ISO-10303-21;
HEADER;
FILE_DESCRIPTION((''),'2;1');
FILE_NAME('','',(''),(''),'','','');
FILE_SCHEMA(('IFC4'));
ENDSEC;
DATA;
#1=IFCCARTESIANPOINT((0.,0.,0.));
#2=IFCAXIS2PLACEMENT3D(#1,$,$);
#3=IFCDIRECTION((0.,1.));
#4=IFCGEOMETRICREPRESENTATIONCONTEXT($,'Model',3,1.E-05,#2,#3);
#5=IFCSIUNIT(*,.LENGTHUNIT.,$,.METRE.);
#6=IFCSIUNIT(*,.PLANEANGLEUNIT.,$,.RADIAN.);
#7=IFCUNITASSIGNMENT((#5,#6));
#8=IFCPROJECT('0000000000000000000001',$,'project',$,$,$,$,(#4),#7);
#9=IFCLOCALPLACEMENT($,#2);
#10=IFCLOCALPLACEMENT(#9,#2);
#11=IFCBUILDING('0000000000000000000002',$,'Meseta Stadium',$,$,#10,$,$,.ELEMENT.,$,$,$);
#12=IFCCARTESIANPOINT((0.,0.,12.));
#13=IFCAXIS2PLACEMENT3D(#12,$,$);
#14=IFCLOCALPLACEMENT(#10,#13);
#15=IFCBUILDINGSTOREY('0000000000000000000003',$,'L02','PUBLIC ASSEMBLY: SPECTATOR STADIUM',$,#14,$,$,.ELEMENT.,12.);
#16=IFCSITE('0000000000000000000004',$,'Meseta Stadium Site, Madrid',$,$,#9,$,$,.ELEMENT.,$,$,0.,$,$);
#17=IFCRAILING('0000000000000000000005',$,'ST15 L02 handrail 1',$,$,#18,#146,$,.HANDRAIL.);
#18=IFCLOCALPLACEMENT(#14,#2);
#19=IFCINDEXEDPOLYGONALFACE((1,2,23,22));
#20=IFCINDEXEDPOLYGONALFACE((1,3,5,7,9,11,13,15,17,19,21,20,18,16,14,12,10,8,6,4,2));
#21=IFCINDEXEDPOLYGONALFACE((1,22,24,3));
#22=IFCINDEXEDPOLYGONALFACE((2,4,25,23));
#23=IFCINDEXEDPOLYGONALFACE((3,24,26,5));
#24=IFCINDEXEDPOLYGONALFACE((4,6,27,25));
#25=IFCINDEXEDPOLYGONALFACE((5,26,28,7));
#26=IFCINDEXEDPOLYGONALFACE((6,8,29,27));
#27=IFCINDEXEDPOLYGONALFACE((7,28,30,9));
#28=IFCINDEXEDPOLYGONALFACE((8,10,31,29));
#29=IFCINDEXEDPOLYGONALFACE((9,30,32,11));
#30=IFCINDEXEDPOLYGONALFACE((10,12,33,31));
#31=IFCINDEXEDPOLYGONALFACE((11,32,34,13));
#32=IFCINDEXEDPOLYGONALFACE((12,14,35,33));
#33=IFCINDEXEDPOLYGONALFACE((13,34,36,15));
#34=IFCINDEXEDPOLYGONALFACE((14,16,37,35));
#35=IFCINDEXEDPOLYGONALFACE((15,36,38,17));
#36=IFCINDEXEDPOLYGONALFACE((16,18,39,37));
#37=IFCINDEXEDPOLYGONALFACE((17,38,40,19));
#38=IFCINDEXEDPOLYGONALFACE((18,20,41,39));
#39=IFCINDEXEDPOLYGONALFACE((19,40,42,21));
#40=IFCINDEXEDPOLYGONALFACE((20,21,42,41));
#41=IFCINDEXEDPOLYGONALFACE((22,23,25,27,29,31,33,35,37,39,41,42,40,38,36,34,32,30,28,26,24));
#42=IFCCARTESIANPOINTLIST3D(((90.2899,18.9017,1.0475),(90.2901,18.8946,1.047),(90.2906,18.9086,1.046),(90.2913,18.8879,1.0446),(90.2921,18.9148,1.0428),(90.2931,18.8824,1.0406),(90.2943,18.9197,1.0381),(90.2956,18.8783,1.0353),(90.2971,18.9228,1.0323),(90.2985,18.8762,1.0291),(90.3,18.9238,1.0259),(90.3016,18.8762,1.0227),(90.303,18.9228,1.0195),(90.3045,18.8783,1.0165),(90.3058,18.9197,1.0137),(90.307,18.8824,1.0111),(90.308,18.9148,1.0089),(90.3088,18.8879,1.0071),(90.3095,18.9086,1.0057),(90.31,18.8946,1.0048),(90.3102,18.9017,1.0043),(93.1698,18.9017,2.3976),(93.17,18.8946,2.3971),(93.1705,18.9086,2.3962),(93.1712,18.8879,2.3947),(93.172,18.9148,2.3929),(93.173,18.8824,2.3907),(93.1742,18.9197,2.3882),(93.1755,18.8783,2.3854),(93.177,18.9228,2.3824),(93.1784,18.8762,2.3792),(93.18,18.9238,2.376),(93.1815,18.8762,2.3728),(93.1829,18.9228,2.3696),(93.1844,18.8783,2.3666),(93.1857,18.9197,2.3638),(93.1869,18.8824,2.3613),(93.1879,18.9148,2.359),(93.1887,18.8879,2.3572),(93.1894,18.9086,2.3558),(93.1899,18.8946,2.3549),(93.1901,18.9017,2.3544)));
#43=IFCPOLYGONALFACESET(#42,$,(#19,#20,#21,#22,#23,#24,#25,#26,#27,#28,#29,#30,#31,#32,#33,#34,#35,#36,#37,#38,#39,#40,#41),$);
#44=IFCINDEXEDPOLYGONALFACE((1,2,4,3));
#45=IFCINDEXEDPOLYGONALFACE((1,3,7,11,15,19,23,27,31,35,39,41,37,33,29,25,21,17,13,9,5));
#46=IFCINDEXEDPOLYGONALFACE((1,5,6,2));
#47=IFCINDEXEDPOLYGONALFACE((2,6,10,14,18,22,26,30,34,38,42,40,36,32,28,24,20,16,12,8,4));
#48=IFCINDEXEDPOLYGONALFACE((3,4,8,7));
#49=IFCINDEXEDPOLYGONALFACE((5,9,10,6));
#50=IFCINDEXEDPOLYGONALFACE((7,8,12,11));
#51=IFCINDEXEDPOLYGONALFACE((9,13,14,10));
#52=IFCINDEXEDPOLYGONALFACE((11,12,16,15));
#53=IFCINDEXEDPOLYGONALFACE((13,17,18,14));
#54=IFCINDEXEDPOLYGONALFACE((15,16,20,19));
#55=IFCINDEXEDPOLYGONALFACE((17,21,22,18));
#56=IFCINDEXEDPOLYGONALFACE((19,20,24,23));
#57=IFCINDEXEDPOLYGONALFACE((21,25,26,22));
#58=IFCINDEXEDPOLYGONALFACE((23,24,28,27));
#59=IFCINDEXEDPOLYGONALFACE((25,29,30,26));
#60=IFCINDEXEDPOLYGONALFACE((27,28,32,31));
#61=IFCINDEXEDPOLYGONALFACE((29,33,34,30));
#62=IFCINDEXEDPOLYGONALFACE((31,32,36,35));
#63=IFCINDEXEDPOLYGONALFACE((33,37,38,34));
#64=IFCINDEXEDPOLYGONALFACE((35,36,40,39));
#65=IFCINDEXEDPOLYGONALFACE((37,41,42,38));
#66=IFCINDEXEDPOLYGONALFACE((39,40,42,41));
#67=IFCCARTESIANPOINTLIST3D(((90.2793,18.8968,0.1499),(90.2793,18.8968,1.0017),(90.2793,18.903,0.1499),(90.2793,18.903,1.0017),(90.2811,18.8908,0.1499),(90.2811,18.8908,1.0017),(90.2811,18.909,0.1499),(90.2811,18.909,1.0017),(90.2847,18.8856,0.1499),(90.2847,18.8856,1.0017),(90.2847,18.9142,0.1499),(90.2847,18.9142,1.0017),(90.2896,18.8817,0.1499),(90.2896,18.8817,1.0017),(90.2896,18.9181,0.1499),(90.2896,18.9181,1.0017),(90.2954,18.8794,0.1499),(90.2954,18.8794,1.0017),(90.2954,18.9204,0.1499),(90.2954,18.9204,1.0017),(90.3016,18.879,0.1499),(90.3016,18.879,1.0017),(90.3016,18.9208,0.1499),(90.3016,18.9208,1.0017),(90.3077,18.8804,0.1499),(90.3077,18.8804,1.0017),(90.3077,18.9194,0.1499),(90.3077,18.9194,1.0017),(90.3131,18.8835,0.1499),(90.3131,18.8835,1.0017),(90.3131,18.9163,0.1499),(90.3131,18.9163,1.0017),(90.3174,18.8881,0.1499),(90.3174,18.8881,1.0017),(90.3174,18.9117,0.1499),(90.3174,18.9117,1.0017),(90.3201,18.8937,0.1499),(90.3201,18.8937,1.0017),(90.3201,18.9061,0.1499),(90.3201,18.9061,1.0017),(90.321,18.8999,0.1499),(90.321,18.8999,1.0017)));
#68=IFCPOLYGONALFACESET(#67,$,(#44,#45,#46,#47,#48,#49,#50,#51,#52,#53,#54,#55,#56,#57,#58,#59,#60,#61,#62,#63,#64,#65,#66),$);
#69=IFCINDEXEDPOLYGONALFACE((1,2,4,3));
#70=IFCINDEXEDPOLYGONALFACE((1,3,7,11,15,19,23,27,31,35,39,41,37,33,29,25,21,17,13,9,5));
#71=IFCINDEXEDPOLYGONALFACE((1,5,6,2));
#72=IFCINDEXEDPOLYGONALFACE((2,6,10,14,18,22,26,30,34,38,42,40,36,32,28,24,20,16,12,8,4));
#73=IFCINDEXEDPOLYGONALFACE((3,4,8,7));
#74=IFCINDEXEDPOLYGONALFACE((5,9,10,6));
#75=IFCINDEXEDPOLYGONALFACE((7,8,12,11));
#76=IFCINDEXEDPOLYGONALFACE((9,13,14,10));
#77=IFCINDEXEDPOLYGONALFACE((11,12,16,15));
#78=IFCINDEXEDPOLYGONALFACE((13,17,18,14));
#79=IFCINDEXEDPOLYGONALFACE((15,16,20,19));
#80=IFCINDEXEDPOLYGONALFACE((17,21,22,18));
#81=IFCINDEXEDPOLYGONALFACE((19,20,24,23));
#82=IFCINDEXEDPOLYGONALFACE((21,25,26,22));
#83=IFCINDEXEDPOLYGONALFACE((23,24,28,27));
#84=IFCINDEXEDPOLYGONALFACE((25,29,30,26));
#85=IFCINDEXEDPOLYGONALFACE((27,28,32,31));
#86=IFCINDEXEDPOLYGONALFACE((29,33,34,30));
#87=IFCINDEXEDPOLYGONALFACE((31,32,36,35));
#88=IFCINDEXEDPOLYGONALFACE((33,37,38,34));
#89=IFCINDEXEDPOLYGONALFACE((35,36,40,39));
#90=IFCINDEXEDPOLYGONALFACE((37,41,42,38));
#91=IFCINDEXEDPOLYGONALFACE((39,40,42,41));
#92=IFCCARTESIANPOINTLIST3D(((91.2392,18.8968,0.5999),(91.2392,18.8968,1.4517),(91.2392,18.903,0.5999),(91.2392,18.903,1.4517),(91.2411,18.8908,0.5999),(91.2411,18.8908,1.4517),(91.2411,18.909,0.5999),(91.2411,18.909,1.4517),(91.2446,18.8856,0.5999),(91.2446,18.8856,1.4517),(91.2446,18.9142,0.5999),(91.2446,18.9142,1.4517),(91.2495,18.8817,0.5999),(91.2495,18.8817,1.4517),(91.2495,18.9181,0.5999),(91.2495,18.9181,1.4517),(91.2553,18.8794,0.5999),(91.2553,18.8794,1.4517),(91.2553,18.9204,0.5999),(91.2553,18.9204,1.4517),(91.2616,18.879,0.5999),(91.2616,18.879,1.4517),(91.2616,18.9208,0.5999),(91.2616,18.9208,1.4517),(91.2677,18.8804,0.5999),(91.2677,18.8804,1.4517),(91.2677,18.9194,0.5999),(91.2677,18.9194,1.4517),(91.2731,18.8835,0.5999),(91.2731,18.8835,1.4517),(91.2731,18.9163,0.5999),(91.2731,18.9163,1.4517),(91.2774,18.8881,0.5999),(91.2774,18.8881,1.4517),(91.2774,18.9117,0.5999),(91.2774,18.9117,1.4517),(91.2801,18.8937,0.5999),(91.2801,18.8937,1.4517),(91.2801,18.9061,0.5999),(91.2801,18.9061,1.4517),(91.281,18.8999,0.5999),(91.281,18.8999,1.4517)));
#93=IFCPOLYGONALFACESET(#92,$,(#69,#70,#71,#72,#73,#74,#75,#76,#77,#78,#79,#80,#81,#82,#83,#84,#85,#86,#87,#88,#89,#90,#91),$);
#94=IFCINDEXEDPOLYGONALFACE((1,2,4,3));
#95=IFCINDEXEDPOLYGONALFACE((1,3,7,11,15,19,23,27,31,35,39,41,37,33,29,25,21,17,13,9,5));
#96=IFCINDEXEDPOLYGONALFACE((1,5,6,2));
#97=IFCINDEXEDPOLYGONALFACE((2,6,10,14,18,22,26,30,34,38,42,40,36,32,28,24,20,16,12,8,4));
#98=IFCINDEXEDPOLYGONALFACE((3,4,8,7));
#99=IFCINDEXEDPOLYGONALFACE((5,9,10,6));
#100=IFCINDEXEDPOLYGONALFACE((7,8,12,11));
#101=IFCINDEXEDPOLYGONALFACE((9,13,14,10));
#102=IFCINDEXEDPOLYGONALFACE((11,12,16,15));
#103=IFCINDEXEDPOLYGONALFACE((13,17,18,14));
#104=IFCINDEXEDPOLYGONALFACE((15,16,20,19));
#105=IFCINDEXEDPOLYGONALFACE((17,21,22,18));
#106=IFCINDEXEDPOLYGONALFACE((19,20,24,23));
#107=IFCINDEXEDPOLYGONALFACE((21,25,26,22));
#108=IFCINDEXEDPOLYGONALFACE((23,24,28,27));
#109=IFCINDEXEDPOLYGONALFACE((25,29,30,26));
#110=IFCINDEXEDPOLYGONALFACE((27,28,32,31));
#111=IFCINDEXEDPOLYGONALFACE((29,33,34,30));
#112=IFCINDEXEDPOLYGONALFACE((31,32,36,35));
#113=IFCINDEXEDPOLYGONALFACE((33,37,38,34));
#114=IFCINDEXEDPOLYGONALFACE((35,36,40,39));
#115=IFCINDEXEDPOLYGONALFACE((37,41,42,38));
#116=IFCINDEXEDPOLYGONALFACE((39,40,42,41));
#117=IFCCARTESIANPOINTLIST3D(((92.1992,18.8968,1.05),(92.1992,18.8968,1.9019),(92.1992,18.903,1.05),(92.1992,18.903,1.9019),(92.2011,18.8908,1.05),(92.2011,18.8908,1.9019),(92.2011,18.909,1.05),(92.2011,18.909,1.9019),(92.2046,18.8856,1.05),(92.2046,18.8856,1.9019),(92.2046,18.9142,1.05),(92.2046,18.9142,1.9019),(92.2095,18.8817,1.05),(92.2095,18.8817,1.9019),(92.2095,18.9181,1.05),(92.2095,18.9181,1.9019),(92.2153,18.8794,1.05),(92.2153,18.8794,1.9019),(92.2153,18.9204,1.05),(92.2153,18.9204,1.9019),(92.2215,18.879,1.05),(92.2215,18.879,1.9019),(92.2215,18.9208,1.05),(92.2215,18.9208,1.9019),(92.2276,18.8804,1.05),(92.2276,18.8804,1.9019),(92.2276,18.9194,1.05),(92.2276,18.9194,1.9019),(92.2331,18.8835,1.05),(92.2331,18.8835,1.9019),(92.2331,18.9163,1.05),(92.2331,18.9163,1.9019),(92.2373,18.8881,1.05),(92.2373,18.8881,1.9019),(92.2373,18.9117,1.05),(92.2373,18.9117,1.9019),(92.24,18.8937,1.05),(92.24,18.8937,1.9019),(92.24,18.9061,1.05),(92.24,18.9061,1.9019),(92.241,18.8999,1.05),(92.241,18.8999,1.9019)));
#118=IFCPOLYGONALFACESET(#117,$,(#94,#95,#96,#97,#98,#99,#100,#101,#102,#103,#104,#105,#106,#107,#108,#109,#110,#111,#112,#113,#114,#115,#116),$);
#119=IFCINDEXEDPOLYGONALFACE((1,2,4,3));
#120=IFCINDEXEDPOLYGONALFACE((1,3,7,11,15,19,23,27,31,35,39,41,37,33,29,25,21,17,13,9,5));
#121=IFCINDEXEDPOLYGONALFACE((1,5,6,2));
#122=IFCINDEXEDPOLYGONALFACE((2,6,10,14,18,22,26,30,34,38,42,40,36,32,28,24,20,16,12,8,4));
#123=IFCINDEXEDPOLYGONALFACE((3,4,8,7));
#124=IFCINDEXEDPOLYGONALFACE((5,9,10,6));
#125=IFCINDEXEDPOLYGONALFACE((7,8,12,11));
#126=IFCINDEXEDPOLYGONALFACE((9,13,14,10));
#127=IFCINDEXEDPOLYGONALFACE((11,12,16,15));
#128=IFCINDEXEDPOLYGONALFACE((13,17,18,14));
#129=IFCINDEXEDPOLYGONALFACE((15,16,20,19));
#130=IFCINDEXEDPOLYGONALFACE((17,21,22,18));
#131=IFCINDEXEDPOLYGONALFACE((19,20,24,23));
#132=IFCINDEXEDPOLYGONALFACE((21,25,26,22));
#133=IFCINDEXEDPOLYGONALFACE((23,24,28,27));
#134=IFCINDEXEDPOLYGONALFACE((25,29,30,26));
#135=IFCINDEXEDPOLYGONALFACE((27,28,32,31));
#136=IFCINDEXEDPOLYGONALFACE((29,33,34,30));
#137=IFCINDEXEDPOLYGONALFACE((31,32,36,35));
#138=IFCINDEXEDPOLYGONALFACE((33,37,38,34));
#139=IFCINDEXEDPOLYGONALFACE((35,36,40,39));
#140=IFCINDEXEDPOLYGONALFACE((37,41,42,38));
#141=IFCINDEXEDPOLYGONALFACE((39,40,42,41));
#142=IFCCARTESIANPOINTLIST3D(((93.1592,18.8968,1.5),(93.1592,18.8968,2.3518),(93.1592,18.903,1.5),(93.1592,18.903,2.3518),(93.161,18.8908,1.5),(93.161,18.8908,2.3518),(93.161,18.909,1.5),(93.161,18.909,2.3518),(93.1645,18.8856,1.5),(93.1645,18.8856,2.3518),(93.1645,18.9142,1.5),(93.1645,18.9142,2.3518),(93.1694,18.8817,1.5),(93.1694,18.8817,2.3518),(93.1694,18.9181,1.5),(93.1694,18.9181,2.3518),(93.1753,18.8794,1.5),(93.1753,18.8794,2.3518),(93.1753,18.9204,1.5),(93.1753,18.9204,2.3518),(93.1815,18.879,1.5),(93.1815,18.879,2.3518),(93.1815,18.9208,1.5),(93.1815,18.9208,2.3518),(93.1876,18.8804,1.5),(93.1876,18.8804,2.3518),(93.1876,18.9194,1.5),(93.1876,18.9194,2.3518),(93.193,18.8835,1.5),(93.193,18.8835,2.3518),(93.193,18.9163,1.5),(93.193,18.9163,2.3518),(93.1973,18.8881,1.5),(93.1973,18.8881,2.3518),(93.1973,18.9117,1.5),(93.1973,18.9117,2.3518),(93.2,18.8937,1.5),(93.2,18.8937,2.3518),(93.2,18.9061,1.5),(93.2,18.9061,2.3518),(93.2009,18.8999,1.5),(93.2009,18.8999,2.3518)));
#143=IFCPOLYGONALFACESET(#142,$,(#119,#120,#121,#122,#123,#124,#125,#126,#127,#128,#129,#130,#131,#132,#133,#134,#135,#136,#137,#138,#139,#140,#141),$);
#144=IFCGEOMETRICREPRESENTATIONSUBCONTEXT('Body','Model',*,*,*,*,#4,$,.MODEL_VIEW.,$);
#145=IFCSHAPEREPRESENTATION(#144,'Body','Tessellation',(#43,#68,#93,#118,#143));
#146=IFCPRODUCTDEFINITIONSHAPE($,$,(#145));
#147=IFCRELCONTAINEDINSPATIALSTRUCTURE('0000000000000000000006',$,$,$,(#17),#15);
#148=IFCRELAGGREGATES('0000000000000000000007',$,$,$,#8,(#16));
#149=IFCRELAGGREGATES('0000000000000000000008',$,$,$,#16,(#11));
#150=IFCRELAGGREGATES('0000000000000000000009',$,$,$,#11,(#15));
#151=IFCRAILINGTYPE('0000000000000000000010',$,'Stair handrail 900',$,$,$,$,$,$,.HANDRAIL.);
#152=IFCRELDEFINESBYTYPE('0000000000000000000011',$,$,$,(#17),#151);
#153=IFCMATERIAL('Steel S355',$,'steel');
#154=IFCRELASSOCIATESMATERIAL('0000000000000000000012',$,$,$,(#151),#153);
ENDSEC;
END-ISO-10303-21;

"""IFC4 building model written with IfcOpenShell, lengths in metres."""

from ifc_helpers import new_model, si_unit, direction, frame, origin, origin_2d, place, context, subcontext, project, spatial, circle, extrude, material, type_object, element, save


model = new_model("IFC4")

# Units and contexts
model_context = context("Model", 3, precision=1e-05, world=origin(), true_north=direction((0.0, 1.0)))
body_context = subcontext(model_context, "Body", "Model", "MODEL_VIEW")
ifc_project = project(units=[si_unit("LENGTHUNIT", "METRE"), si_unit("PLANEANGLEUNIT", "RADIAN")], contexts=[model_context])

# Site, building, storey
site_placement = place(None, origin())
site = spatial("IfcSite", under=ifc_project, at=site_placement, Name="Meseta Stadium Site, Madrid", CompositionType="ELEMENT", RefElevation=0.0)
building_placement = place(site_placement, origin())
building = spatial("IfcBuilding", under=site, at=building_placement, Name="Meseta Stadium", CompositionType="ELEMENT")
storey_placement = place(building_placement, frame((0.0, 0.0, 12.0)))
storey = spatial("IfcBuildingStorey", under=building, at=storey_placement, Name="L02", Description="PUBLIC ASSEMBLY: SPECTATOR STADIUM", CompositionType="ELEMENT", Elevation=12.0)

# Railing
ifc_material_1 = material(Name="Steel S355", Category="steel")
railing_type_1 = type_object("IfcRailingType", Name="Stair handrail 900", PredefinedType="HANDRAIL", material=ifc_material_1)
for number, where, name in (
    (1, (90.3, 18.8999, 0.1499), "ST15 L02 handrail 1"),
):
    element("IfcRailing", number, at=place(storey_placement, frame(where)), inside=storey, type_object=railing_type_1, Name=name, PredefinedType="HANDRAIL", context=body_context, shape_type="SweptSolid", body=[
        extrude(circle(Radius=0.0239, at=origin_2d()), frame((0.0, 0.0, 0.876), z_axis=(0.90544, 0.0, 0.424473), x_axis=(0.0, 1.0, 0.0)), (0.0, 0.0, 1.0), 3.1807),
        extrude(circle(Radius=0.021, at=origin_2d()), origin(), (0.0, 0.0, 1.0), 0.8518),
        extrude(circle(Radius=0.021, at=origin_2d()), frame((0.96, 0.0, 0.45)), (0.0, 0.0, 1.0), 0.8518),
        extrude(circle(Radius=0.021, at=origin_2d()), frame((1.9199, 0.0, 0.9001)), (0.0, 0.0, 1.0), 0.8518),
        extrude(circle(Radius=0.021, at=origin_2d()), frame((2.8799, 0.0, 1.3501)), (0.0, 0.0, 1.0), 0.8518),
    ])

save(model, "model.ifc")
